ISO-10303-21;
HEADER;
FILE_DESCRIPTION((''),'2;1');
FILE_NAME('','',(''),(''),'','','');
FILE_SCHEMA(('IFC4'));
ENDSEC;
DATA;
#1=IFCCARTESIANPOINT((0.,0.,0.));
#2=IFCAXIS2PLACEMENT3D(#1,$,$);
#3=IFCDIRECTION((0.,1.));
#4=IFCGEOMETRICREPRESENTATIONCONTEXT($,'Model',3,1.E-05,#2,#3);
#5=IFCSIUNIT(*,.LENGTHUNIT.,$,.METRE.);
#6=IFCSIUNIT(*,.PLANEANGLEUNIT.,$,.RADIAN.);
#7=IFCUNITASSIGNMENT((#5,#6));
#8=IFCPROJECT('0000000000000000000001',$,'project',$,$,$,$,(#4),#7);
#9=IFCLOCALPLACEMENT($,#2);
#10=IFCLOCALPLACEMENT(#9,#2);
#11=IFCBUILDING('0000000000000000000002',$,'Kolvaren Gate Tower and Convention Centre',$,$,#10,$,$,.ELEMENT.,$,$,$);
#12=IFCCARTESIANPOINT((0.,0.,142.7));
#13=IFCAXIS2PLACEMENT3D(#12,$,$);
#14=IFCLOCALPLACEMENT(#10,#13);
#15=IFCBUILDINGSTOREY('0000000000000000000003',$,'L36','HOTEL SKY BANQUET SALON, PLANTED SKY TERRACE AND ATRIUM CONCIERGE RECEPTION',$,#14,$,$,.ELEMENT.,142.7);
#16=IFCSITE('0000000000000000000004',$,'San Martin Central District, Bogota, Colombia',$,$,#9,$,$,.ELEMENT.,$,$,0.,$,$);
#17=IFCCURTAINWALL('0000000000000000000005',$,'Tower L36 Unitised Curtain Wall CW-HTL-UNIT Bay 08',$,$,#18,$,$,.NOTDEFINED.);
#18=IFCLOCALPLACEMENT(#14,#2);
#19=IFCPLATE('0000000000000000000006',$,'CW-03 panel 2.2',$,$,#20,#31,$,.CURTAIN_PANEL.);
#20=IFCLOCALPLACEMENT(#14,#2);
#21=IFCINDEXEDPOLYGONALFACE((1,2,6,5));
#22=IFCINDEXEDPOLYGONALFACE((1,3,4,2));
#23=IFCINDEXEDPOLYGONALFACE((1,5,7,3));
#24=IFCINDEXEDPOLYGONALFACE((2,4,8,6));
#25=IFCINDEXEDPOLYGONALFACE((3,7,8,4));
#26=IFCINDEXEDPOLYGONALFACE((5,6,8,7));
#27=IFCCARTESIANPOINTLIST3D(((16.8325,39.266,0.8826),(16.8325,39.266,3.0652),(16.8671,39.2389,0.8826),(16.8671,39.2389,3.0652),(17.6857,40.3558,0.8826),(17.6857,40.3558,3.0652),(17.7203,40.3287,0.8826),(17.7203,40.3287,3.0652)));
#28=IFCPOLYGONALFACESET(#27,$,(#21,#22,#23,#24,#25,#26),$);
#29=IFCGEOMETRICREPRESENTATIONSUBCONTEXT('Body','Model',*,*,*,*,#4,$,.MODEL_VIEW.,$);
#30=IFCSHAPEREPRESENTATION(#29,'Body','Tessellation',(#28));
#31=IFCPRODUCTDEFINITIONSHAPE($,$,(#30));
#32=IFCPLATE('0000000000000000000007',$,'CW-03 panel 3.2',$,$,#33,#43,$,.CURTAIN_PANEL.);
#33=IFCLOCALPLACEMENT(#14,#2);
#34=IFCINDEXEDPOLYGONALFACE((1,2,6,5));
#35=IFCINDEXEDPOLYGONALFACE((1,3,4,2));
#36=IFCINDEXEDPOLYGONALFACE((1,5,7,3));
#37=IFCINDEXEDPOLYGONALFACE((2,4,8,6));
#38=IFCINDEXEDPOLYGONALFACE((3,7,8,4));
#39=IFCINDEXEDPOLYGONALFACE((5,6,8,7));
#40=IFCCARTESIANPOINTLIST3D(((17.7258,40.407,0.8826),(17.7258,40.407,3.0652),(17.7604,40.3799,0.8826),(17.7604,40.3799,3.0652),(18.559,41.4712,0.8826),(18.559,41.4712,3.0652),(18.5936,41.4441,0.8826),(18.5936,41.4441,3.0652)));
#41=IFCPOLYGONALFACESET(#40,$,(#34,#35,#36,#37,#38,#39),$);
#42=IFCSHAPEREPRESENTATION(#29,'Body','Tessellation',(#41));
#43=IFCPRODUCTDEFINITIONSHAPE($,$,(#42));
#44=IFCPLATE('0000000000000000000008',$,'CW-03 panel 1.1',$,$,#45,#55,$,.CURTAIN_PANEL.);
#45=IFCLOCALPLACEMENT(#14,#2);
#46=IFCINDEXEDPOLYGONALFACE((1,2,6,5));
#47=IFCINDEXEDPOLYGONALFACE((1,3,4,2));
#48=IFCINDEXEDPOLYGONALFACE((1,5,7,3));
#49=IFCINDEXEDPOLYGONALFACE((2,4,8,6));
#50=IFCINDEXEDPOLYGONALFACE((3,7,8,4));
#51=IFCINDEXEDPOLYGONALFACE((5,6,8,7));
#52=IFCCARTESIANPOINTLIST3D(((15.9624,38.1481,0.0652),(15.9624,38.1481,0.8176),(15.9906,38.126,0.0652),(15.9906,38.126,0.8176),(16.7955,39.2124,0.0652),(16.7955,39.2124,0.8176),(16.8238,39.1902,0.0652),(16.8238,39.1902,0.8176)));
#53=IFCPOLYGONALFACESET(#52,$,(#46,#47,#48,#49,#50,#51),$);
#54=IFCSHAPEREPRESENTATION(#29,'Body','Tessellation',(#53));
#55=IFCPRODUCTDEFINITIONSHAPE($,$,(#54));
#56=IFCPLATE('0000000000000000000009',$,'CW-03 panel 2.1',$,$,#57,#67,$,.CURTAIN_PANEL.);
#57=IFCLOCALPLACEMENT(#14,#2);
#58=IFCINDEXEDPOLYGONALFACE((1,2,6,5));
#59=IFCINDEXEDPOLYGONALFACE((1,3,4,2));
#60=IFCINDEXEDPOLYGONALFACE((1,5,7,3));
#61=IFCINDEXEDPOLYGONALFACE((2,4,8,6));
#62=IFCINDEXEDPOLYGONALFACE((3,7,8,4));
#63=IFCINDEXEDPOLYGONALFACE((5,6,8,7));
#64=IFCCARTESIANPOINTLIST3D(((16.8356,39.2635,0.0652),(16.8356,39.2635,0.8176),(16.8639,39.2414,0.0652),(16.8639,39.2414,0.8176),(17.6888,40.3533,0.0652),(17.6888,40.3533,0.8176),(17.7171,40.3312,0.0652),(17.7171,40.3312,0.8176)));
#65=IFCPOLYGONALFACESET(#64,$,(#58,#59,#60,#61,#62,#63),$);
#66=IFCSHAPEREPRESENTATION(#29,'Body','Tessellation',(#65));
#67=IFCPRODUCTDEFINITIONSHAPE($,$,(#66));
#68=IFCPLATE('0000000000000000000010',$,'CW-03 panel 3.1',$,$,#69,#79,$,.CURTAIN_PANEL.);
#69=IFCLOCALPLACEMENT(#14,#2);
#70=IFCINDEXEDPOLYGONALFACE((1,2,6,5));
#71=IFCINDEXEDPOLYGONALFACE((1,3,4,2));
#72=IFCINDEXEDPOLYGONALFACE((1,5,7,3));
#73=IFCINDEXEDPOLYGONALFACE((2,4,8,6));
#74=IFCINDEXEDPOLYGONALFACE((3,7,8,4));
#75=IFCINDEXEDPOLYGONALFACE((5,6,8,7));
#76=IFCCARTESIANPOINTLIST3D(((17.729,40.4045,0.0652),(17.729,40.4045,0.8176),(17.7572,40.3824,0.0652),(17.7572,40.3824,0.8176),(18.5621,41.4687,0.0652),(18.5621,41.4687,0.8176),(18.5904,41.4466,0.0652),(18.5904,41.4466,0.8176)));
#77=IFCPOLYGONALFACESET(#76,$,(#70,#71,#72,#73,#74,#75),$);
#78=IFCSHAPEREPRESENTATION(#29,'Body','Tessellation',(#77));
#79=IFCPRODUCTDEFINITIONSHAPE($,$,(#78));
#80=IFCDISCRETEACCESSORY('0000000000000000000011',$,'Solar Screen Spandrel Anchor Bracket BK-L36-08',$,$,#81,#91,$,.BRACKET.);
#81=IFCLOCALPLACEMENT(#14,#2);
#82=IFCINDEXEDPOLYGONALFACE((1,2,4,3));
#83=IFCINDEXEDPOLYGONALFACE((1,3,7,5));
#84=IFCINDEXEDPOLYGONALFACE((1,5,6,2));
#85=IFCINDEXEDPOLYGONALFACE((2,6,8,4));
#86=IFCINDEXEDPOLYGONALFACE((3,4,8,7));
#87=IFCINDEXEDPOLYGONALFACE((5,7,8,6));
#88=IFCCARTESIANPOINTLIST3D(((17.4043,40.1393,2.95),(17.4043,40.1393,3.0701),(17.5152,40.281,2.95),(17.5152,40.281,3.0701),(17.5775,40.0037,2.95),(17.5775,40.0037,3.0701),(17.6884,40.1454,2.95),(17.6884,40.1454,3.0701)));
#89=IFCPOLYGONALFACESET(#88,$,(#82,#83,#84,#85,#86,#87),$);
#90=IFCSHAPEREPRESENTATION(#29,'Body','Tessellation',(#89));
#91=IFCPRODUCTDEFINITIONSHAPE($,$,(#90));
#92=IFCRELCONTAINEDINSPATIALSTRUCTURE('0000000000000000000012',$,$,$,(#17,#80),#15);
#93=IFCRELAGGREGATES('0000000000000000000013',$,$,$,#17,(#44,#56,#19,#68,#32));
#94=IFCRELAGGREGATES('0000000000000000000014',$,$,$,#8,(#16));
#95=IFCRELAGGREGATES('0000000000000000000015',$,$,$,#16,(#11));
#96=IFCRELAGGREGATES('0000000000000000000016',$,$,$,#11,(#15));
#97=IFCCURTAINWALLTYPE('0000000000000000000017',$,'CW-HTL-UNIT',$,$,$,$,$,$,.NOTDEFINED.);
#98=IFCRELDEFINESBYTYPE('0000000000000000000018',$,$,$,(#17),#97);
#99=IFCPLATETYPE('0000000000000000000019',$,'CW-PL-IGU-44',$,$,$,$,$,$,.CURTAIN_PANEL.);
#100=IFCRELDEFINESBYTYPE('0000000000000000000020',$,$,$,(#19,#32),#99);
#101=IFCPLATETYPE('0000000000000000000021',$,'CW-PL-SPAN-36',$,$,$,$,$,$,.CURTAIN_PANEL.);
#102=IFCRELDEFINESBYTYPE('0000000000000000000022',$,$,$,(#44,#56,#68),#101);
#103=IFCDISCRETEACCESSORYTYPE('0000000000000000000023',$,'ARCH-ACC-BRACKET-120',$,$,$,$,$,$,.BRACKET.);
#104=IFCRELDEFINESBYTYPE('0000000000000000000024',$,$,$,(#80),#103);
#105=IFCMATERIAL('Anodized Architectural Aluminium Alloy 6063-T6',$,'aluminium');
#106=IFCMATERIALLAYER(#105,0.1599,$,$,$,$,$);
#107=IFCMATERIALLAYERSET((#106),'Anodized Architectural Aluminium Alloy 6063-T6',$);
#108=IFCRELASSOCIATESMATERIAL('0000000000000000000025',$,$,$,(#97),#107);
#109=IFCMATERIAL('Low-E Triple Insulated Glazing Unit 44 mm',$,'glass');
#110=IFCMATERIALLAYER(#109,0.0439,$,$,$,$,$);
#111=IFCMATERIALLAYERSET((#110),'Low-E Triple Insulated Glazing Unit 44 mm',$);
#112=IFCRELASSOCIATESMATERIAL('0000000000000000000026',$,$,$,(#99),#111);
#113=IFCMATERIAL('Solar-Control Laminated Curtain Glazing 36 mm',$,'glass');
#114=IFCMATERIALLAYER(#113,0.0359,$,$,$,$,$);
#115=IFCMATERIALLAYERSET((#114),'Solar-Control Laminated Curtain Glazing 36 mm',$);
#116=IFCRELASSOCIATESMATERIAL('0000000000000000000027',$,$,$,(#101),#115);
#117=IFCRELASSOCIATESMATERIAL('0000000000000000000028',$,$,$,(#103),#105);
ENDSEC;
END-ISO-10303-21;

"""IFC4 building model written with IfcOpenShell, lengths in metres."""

from ifc_helpers import new_model, si_unit, direction, frame, origin, origin_2d, place, context, subcontext, project, spatial, rectangle, extrude, material, layer, layer_set, type_object, element, aggregate, save


model = new_model("IFC4")

# Units and contexts
model_context = context("Model", 3, precision=1e-05, world=origin(), true_north=direction((0.0, 1.0)))
body_context = subcontext(model_context, "Body", "Model", "MODEL_VIEW")
ifc_project = project(units=[si_unit("LENGTHUNIT", "METRE"), si_unit("PLANEANGLEUNIT", "RADIAN")], contexts=[model_context])

# Site, building, storey
site_placement = place(None, origin())
site = spatial("IfcSite", under=ifc_project, at=site_placement, Name="San Martin Central District, Bogota, Colombia", CompositionType="ELEMENT", RefElevation=0.0)
building_placement = place(site_placement, origin())
building = spatial("IfcBuilding", under=site, at=building_placement, Name="Kolvaren Gate Tower and Convention Centre", CompositionType="ELEMENT")
storey_placement = place(building_placement, frame((0.0, 0.0, 142.7)))
storey = spatial("IfcBuildingStorey", under=building, at=storey_placement, Name="L36", Description="HOTEL SKY BANQUET SALON, PLANTED SKY TERRACE AND ATRIUM CONCIERGE RECEPTION", CompositionType="ELEMENT", Elevation=142.7)

# Curtain wall
ifc_material_1 = material(Name="Anodized Architectural Aluminium Alloy 6063-T6", Category="aluminium")
ifc_layer_1 = layer(ifc_material_1, 0.1599)
ifc_layer_set_1 = layer_set([ifc_layer_1], Name="Anodized Architectural Aluminium Alloy 6063-T6")
curtain_wall_type = type_object("IfcCurtainWallType", Name="CW-HTL-UNIT", PredefinedType="NOTDEFINED", material=ifc_layer_set_1)
curtain_wall_placement = place(storey_placement, origin())
curtain_wall = element("IfcCurtainWall", 1, at=curtain_wall_placement, inside=storey, type_object=curtain_wall_type, Name="Tower L36 Unitised Curtain Wall CW-HTL-UNIT Bay 08", PredefinedType="NOTDEFINED")

# Plates
ifc_material_2 = material(Name="Low-E Triple Insulated Glazing Unit 44 mm", Category="glass")
ifc_layer_2 = layer(ifc_material_2, 0.0439)
ifc_layer_set_2 = layer_set([ifc_layer_2], Name="Low-E Triple Insulated Glazing Unit 44 mm")
plate_type_1 = type_object("IfcPlateType", Name="CW-PL-IGU-44", PredefinedType="CURTAIN_PANEL", material=ifc_layer_set_2)
plate_1_placement = place(storey_placement, frame((17.2764, 39.7974, 0.8826), z_axis=(0.0, 0.0, 1.0), x_axis=(0.616449, 0.787395, 0.0)))
plate_1 = element("IfcPlate", 2, at=plate_1_placement, type_object=plate_type_1, Name="CW-03 panel 2.2", PredefinedType="CURTAIN_PANEL", context=body_context, shape_type="SweptSolid", body=[
    extrude(rectangle(XDim=1.384, YDim=0.0439, at=origin_2d()), origin(), (0.0, 0.0, 1.0), 2.1826),
])
plate_2_placement = place(storey_placement, frame((18.1597, 40.9255, 0.8826), z_axis=(0.0, 0.0, 1.0), x_axis=(0.616449, 0.787395, 0.0)))
plate_2 = element("IfcPlate", 3, at=plate_2_placement, type_object=plate_type_1, Name="CW-03 panel 3.2", PredefinedType="CURTAIN_PANEL", context=body_context, shape_type="SweptSolid", body=[
    extrude(rectangle(XDim=1.3516, YDim=0.0439, at=origin_2d()), origin(), (0.0, 0.0, 1.0), 2.1826),
])
ifc_material_3 = material(Name="Solar-Control Laminated Curtain Glazing 36 mm", Category="glass")
ifc_layer_3 = layer(ifc_material_3, 0.0359)
ifc_layer_set_3 = layer_set([ifc_layer_3], Name="Solar-Control Laminated Curtain Glazing 36 mm")
plate_type_2 = type_object("IfcPlateType", Name="CW-PL-SPAN-36", PredefinedType="CURTAIN_PANEL", material=ifc_layer_set_3)
plate_3_placement = place(storey_placement, frame((16.3931, 38.6692, 0.0652), z_axis=(0.0, 0.0, 1.0), x_axis=(0.616449, 0.787395, 0.0)))
plate_3 = element("IfcPlate", 4, at=plate_3_placement, type_object=plate_type_2, Name="CW-03 panel 1.1", PredefinedType="CURTAIN_PANEL", context=body_context, shape_type="SweptSolid", body=[
    extrude(rectangle(XDim=1.3516, YDim=0.0359, at=origin_2d()), origin(), (0.0, 0.0, 1.0), 0.7524),
])
plate_4_placement = place(storey_placement, frame((17.2764, 39.7974, 0.0652), z_axis=(0.0, 0.0, 1.0), x_axis=(0.616449, 0.787395, 0.0)))
plate_4 = element("IfcPlate", 5, at=plate_4_placement, type_object=plate_type_2, Name="CW-03 panel 2.1", PredefinedType="CURTAIN_PANEL", context=body_context, shape_type="SweptSolid", body=[
    extrude(rectangle(XDim=1.384, YDim=0.0359, at=origin_2d()), origin(), (0.0, 0.0, 1.0), 0.7524),
])
plate_5_placement = place(storey_placement, frame((18.1597, 40.9255, 0.0652), z_axis=(0.0, 0.0, 1.0), x_axis=(0.616449, 0.787395, 0.0)))
plate_5 = element("IfcPlate", 6, at=plate_5_placement, type_object=plate_type_2, Name="CW-03 panel 3.1", PredefinedType="CURTAIN_PANEL", context=body_context, shape_type="SweptSolid", body=[
    extrude(rectangle(XDim=1.3516, YDim=0.0359, at=origin_2d()), origin(), (0.0, 0.0, 1.0), 0.7524),
])
aggregate(curtain_wall, [plate_3, plate_4, plate_1, plate_5, plate_2])

# Discrete accessory
discrete_accessory_type = type_object("IfcDiscreteAccessoryType", Name="ARCH-ACC-BRACKET-120", PredefinedType="BRACKET", material=ifc_material_1)
discrete_accessory_placement = place(storey_placement, frame((17.5464, 40.1423, 2.95), z_axis=(0.0, 0.0, 1.0), x_axis=(0.616446, 0.787397, 0.0)))
element("IfcDiscreteAccessory", 7, at=discrete_accessory_placement, inside=storey, type_object=discrete_accessory_type, Name="Solar Screen Spandrel Anchor Bracket BK-L36-08", PredefinedType="BRACKET", context=body_context, shape_type="SweptSolid", body=[
    extrude(rectangle(XDim=0.1799, YDim=0.22, at=origin_2d()), origin(), (0.0, 0.0, 1.0), 0.1201),
])

save(model, "model.ifc")
